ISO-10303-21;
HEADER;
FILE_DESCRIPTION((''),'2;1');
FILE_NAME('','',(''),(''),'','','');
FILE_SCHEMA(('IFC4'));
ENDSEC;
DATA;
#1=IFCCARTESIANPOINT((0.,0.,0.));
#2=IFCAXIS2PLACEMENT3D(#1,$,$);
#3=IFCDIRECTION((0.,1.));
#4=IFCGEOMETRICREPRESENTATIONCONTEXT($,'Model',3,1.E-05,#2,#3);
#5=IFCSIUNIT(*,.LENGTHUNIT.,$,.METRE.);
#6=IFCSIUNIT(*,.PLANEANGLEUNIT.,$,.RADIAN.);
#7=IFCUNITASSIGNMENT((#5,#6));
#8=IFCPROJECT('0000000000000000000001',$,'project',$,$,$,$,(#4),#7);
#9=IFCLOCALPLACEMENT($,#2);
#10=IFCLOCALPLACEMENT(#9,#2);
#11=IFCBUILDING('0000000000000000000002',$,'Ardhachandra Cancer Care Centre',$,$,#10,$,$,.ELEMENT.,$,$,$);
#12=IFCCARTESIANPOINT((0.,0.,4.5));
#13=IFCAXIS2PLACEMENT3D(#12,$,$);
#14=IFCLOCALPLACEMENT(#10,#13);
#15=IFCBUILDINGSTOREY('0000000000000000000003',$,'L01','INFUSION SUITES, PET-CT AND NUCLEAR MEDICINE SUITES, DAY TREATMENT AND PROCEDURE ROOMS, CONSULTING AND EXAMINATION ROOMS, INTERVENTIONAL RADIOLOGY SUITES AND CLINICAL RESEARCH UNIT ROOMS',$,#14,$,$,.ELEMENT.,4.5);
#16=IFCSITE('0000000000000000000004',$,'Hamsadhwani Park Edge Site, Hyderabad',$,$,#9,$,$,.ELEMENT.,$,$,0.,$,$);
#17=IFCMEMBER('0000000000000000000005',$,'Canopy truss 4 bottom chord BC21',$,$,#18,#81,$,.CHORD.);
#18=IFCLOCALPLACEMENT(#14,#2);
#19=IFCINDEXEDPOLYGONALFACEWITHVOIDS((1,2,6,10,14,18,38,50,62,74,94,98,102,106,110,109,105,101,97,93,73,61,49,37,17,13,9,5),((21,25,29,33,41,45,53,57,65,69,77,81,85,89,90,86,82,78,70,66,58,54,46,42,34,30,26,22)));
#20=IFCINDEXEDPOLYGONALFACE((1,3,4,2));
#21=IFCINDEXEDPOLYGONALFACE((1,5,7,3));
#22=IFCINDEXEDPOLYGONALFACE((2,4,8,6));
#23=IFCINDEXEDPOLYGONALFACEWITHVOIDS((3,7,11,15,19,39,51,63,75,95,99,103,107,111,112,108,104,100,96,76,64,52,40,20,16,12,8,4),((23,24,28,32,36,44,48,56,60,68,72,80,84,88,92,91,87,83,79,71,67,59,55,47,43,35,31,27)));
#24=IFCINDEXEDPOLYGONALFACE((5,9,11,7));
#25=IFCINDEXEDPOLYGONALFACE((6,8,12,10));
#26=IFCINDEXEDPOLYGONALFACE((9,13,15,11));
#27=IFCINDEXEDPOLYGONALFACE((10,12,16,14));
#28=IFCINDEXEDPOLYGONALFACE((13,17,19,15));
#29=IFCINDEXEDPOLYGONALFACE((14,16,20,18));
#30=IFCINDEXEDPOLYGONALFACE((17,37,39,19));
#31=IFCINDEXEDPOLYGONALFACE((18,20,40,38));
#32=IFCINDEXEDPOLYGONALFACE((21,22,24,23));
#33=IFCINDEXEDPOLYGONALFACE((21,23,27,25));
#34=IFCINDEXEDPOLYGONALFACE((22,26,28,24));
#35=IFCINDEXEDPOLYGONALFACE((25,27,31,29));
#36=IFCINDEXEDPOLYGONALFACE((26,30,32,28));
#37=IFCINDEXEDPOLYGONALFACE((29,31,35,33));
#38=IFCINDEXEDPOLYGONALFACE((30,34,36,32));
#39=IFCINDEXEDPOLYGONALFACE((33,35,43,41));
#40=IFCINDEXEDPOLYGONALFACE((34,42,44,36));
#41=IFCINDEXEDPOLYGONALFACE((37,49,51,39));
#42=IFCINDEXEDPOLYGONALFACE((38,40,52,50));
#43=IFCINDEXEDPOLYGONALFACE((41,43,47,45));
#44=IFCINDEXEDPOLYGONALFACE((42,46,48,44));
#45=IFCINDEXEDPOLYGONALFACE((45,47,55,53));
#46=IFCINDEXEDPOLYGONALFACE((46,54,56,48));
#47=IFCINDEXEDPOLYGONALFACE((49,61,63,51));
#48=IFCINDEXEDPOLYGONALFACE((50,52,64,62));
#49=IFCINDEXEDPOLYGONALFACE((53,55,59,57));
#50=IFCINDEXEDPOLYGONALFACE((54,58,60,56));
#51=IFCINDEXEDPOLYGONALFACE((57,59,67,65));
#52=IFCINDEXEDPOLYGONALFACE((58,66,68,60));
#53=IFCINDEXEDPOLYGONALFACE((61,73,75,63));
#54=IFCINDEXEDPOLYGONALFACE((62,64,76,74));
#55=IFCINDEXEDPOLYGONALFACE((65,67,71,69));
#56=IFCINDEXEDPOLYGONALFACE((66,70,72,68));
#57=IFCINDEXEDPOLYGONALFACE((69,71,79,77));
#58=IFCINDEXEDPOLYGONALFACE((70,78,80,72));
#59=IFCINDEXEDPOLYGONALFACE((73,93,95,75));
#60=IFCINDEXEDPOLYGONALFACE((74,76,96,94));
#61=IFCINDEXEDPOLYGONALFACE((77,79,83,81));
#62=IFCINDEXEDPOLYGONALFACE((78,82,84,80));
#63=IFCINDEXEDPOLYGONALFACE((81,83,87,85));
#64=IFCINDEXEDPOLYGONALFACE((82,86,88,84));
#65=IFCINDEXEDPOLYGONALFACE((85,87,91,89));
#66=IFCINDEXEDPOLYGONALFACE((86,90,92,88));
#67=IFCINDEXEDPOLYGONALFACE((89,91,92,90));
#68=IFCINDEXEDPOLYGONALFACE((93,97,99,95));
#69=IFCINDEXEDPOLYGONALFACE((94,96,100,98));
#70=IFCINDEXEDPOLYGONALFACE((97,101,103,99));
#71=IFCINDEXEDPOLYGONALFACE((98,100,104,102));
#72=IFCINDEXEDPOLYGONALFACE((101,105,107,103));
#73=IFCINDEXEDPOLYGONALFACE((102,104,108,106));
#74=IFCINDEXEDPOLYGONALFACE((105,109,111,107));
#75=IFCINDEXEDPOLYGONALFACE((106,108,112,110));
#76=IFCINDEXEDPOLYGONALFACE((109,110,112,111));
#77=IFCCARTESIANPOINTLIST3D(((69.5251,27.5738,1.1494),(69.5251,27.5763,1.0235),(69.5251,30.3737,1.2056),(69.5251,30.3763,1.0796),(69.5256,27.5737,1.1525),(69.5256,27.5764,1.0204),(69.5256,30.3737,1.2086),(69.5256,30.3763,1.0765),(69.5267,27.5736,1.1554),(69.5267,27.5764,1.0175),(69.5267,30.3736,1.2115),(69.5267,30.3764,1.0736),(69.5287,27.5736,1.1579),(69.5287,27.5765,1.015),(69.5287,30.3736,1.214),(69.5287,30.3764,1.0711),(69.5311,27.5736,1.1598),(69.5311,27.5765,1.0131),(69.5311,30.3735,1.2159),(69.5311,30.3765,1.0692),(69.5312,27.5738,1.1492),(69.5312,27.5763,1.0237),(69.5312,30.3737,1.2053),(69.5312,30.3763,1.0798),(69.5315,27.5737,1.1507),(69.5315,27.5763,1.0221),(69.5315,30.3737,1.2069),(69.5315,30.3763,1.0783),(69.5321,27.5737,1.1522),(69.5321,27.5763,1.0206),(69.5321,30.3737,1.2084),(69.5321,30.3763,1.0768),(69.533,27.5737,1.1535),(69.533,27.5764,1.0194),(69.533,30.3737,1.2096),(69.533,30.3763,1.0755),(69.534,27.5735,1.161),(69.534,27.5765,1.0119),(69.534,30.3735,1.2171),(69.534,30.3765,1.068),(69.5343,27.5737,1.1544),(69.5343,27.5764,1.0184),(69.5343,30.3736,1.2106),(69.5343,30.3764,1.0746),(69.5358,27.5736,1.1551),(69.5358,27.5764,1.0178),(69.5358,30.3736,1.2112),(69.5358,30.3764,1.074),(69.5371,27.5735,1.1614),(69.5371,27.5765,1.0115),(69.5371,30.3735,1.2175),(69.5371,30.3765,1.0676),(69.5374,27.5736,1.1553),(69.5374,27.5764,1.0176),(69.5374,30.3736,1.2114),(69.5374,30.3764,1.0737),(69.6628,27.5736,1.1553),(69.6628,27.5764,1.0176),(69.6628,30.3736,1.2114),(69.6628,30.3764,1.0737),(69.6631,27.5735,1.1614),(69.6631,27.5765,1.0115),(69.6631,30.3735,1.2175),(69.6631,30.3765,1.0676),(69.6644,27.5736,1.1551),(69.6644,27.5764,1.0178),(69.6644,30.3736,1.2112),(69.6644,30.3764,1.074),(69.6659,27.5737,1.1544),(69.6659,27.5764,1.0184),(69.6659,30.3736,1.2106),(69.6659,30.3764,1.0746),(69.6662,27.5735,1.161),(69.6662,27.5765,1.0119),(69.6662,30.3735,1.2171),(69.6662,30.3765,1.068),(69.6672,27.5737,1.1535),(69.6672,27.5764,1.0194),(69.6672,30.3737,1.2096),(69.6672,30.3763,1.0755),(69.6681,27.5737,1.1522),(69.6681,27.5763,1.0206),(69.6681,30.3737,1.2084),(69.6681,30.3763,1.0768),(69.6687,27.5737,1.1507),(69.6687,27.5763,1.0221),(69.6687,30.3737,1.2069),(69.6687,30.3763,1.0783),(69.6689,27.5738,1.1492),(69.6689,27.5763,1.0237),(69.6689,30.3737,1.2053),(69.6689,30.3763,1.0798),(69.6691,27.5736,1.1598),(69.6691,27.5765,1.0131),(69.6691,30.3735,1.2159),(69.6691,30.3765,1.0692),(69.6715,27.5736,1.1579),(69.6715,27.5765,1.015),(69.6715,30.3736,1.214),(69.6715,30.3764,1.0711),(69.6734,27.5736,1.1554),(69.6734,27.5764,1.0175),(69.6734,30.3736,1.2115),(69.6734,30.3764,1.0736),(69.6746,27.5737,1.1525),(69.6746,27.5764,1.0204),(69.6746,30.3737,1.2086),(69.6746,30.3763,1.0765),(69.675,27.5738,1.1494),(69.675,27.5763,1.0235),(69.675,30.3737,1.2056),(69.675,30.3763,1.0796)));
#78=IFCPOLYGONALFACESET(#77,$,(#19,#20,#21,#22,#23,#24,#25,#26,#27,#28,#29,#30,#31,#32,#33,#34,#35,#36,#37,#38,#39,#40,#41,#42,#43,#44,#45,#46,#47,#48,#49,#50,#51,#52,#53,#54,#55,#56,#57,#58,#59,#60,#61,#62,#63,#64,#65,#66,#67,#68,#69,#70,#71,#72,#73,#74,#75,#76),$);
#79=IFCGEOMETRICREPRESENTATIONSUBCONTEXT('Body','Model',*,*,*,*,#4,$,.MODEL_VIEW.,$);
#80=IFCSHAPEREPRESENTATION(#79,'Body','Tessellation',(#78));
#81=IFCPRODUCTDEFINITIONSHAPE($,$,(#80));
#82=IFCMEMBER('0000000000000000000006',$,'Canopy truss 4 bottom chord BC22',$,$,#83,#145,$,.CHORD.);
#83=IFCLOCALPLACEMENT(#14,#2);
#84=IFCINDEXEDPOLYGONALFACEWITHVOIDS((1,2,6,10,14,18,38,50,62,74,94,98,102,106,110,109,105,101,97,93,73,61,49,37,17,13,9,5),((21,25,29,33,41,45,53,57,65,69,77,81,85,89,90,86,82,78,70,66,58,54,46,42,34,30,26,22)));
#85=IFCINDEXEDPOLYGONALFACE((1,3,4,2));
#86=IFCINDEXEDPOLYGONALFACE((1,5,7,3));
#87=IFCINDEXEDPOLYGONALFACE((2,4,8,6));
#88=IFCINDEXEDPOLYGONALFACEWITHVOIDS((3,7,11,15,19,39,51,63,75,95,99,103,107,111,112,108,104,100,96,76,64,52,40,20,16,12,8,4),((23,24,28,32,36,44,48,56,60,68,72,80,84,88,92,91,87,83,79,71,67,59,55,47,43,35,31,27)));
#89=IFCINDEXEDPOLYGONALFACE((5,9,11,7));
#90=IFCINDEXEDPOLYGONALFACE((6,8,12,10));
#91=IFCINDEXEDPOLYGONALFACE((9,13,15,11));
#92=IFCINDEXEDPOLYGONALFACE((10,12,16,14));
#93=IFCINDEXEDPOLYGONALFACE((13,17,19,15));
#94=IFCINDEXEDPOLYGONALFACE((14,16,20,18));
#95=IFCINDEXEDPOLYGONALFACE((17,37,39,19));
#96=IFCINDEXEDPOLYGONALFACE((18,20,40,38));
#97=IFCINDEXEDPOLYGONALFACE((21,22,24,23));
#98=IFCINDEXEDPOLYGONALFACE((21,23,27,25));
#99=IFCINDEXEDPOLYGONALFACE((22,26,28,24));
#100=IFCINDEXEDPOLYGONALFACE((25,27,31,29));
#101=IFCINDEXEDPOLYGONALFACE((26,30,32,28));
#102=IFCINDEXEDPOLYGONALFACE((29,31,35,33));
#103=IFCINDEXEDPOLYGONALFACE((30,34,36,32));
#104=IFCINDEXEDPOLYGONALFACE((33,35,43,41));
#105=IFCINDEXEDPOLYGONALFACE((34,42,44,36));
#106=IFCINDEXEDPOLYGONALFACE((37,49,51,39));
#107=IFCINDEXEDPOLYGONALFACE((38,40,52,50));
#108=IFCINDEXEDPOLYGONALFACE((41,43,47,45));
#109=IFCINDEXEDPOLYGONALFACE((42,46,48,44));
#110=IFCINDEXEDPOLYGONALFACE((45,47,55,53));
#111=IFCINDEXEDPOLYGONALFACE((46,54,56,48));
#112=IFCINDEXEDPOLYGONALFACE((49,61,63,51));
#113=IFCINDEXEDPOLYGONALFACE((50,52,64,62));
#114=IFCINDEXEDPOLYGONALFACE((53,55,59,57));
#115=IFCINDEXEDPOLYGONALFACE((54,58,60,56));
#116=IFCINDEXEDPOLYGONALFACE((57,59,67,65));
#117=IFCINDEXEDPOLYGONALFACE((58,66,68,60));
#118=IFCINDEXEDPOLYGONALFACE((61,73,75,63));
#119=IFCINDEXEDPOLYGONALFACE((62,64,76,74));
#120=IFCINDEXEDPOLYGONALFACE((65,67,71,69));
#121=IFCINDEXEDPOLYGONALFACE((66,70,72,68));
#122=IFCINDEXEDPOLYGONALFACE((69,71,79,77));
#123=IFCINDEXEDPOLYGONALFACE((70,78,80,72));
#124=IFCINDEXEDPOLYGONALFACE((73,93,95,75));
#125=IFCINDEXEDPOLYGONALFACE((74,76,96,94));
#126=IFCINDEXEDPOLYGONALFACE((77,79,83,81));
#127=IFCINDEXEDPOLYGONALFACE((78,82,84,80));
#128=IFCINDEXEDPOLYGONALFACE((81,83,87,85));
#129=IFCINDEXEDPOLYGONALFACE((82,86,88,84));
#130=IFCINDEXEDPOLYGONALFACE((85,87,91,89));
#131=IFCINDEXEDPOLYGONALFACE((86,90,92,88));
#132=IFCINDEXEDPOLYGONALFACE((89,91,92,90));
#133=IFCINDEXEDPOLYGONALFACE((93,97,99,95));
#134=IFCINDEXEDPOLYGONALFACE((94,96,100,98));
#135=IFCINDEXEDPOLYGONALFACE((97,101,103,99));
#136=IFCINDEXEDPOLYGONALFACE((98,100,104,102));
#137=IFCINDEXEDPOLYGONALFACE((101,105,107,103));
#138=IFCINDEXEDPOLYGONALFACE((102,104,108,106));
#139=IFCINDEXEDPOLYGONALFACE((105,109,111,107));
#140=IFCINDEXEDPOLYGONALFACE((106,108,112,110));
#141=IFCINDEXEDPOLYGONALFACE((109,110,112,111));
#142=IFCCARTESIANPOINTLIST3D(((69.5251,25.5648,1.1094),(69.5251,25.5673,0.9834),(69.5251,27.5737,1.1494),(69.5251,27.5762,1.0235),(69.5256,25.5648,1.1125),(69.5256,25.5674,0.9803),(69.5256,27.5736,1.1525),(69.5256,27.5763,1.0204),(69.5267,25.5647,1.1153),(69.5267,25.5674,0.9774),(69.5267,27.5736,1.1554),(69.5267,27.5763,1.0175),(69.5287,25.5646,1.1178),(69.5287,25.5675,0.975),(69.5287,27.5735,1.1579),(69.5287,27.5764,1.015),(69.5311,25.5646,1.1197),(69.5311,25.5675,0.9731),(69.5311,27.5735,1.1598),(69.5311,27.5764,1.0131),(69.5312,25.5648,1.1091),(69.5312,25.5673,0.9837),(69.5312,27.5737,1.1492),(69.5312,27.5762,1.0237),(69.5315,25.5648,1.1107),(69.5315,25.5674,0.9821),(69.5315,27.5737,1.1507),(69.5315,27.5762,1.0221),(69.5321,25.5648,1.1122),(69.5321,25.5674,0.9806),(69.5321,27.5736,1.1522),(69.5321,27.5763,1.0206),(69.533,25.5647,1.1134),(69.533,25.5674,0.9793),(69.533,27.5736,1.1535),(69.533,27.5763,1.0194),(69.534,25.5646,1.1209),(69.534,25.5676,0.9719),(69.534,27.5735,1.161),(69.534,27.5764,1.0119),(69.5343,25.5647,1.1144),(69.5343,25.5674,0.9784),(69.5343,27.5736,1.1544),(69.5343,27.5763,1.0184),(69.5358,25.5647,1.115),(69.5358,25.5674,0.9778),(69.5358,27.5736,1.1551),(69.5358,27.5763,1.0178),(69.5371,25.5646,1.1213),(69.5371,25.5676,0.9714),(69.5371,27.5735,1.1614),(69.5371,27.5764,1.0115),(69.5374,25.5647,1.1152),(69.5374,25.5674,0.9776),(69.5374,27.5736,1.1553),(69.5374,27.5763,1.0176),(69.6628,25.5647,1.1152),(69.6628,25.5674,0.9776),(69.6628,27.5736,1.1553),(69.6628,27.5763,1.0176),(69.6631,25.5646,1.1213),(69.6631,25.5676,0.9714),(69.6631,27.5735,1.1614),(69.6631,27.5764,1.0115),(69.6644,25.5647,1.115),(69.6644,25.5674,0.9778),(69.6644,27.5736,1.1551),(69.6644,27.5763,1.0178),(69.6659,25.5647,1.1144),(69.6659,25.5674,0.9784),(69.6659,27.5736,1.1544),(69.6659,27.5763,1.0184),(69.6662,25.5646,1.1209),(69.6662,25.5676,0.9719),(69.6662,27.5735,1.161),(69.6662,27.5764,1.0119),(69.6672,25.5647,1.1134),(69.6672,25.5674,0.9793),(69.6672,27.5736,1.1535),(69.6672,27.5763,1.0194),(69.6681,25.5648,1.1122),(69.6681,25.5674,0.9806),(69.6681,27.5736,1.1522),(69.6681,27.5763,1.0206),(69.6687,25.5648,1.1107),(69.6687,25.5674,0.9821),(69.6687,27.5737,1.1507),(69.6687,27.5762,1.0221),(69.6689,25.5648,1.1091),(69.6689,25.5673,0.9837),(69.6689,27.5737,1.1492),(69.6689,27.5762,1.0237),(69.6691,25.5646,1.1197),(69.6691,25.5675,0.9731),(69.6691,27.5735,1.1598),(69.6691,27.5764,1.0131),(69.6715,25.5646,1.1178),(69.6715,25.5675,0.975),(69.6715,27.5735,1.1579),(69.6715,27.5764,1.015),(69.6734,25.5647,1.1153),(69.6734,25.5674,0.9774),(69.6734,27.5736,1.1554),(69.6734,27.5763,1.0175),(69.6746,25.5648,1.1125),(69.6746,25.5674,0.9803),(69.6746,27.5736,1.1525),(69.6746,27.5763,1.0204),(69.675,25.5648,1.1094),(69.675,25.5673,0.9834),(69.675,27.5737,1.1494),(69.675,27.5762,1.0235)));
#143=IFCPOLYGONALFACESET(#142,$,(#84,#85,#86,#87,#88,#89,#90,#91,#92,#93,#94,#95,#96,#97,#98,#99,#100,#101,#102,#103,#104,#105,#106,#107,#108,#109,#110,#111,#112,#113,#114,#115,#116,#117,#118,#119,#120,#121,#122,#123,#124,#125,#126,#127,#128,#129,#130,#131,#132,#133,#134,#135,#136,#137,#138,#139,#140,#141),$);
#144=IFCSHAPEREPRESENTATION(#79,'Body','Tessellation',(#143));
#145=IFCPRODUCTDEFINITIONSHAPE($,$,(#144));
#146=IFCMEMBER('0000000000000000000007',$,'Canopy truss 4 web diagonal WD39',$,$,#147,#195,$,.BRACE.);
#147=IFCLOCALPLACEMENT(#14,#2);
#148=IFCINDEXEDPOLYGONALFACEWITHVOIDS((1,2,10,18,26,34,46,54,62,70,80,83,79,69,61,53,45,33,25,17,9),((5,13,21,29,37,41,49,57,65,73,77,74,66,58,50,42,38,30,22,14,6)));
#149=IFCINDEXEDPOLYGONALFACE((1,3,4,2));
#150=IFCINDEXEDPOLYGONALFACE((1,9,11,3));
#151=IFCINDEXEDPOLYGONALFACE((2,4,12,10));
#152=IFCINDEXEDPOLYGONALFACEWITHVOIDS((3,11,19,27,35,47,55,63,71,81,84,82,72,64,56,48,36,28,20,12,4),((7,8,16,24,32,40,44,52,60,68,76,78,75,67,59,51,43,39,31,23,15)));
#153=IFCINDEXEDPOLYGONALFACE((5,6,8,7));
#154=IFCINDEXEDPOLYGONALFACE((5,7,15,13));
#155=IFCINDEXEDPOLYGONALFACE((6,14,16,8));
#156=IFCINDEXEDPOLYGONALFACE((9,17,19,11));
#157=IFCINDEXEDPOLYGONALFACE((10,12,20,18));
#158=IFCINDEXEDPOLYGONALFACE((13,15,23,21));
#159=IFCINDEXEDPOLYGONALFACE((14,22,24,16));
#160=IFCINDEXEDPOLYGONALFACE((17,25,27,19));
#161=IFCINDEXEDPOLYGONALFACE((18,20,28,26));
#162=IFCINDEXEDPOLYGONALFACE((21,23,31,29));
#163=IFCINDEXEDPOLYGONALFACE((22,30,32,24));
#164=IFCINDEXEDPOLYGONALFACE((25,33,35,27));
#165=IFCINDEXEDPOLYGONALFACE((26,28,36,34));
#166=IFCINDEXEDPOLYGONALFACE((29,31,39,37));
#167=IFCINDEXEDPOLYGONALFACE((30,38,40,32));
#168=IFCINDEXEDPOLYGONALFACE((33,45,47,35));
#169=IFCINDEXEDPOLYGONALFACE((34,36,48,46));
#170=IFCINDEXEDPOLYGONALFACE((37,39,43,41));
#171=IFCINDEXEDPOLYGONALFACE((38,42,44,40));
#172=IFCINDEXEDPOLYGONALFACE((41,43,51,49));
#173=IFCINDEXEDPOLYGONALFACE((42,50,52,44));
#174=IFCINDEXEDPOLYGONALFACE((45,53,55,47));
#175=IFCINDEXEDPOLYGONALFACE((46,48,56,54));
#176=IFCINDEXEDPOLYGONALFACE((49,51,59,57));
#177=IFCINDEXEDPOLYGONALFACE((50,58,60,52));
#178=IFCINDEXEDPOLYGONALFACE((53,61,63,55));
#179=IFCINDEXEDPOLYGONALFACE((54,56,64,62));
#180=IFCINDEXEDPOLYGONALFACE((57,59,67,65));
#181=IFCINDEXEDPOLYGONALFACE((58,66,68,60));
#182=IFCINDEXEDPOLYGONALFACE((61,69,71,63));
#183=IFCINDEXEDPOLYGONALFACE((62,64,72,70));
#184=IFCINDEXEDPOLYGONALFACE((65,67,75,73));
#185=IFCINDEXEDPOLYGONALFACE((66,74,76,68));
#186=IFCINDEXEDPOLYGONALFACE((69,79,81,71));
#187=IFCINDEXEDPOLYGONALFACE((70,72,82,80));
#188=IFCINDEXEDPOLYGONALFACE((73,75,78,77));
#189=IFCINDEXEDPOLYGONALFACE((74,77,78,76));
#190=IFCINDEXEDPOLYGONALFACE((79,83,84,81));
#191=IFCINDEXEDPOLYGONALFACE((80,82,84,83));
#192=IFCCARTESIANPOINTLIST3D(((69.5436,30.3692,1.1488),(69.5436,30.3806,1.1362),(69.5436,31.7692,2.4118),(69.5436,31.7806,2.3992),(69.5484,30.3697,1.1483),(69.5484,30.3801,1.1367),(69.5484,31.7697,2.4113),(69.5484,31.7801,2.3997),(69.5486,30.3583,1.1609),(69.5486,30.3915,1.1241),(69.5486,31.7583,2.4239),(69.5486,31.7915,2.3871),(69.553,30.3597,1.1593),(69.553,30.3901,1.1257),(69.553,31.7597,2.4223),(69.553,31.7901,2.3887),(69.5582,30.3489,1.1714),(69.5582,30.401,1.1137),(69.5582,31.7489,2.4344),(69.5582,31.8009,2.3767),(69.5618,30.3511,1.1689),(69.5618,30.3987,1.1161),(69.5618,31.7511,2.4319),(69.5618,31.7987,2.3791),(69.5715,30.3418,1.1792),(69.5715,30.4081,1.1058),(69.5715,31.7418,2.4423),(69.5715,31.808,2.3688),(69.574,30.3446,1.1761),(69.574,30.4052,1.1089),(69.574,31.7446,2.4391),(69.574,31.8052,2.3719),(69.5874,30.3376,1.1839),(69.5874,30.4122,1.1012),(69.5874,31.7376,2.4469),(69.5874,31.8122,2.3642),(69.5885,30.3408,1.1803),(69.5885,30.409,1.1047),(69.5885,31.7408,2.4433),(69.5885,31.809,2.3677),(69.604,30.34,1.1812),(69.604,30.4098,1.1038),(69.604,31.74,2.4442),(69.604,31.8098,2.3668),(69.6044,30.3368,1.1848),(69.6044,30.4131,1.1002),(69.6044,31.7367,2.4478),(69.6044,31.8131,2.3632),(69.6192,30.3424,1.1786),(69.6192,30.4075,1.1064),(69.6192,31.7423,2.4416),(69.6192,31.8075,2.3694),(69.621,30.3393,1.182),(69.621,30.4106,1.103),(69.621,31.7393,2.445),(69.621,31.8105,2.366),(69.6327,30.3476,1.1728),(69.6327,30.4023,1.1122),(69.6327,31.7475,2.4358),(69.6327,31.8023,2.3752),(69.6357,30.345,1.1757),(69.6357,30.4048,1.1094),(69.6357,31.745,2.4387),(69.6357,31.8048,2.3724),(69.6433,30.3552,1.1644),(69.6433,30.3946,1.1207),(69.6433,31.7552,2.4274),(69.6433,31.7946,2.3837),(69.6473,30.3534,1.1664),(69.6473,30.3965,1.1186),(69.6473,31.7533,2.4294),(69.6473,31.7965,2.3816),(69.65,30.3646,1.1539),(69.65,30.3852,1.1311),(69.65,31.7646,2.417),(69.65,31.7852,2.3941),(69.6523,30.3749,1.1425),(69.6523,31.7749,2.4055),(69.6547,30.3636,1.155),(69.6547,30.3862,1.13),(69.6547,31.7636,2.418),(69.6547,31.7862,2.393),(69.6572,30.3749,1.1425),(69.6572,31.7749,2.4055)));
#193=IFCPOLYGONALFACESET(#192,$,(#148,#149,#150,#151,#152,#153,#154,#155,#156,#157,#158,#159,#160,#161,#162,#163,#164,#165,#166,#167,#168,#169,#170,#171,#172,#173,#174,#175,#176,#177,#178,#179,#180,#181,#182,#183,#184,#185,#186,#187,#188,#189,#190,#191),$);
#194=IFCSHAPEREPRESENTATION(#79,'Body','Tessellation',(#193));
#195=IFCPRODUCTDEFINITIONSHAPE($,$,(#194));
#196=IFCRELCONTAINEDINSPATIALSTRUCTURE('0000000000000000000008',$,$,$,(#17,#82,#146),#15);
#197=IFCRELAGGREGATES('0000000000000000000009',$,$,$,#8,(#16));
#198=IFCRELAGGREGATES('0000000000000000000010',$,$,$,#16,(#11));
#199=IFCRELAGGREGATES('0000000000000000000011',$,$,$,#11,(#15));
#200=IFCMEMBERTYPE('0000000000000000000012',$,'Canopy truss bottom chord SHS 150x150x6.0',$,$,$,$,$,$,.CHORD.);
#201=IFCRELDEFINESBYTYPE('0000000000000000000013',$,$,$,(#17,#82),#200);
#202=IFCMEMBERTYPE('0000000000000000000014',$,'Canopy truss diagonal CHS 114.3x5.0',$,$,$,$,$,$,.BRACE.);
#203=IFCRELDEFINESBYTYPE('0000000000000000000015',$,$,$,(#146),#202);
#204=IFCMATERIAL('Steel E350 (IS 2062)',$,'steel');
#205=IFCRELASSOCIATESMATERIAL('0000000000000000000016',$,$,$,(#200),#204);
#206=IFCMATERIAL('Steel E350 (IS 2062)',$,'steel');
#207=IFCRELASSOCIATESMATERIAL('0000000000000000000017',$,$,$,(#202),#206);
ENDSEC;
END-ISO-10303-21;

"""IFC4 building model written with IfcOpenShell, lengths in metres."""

from ifc_helpers import new_model, si_unit, direction, frame, origin, origin_2d, place, context, subcontext, project, spatial, hollow_rectangle, hollow_circle, extrude, material, material_profile, profile_set, type_object, element, save


model = new_model("IFC4")

# Units and contexts
model_context = context("Model", 3, precision=1e-05, world=origin(), true_north=direction((0.0, 1.0)))
body_context = subcontext(model_context, "Body", "Model", "MODEL_VIEW")
ifc_project = project(units=[si_unit("LENGTHUNIT", "METRE"), si_unit("PLANEANGLEUNIT", "RADIAN")], contexts=[model_context])

# Site, building, storey
site_placement = place(None, origin())
site = spatial("IfcSite", under=ifc_project, at=site_placement, Name="Hamsadhwani Park Edge Site, Hyderabad", CompositionType="ELEMENT", RefElevation=0.0)
building_placement = place(site_placement, origin())
building = spatial("IfcBuilding", under=site, at=building_placement, Name="Ardhachandra Cancer Care Centre", CompositionType="ELEMENT")
storey_placement = place(building_placement, frame((0.0, 0.0, 4.5)))
storey = spatial("IfcBuildingStorey", under=building, at=storey_placement, Name="L01", Description="INFUSION SUITES, PET-CT AND NUCLEAR MEDICINE SUITES, DAY TREATMENT AND PROCEDURE ROOMS, CONSULTING AND EXAMINATION ROOMS, INTERVENTIONAL RADIOLOGY SUITES AND CLINICAL RESEARCH UNIT ROOMS", CompositionType="ELEMENT", Elevation=4.5)

# Members
ifc_material_1 = material(Name="Steel E350 (IS 2062)", Category="steel")
ifc_material_profile_1 = material_profile(ifc_material_1, hollow_rectangle(XDim=0.1499, YDim=0.1499, WallThickness=0.0061, InnerFilletRadius=0.0061, OuterFilletRadius=0.012, at=origin_2d()), Name="SHS 150x150x6.0")
ifc_profile_set_1 = profile_set([ifc_material_profile_1], Name="Steel E350 (IS 2062)")
member_type_1 = type_object("IfcMemberType", Name="Canopy truss bottom chord SHS 150x150x6.0", PredefinedType="CHORD", material=ifc_profile_set_1)
member_1_placement = place(storey_placement, frame((69.6001, 30.375, 1.1426), z_axis=(0.0, -0.999799, -0.02005), x_axis=(1.0, 0.0, 0.0)))
element("IfcMember", 1, at=member_1_placement, inside=storey, type_object=member_type_1, Name="Canopy truss 4 bottom chord BC21", PredefinedType="CHORD", context=body_context, shape_type="SweptSolid", body=[
    extrude(hollow_rectangle(XDim=0.1499, YDim=0.1499, WallThickness=0.0061, InnerFilletRadius=0.0061, OuterFilletRadius=0.012, at=origin_2d()), origin(), (0.0, 0.0, 1.0), 2.8005),
])
member_2_placement = place(storey_placement, frame((69.6001, 27.575, 1.0864), z_axis=(0.0, -0.999801, -0.019928), x_axis=(1.0, 0.0, 0.0)))
element("IfcMember", 2, at=member_2_placement, inside=storey, type_object=member_type_1, Name="Canopy truss 4 bottom chord BC22", PredefinedType="CHORD", context=body_context, shape_type="SweptSolid", body=[
    extrude(hollow_rectangle(XDim=0.1499, YDim=0.1499, WallThickness=0.0061, InnerFilletRadius=0.0061, OuterFilletRadius=0.012, at=origin_2d()), origin(), (0.0, 0.0, 1.0), 2.0093),
])
ifc_material_2 = material(Name="Steel E350 (IS 2062)", Category="steel")
ifc_material_profile_2 = material_profile(ifc_material_2, hollow_circle(Radius=0.0571, WallThickness=0.0049, at=origin_2d()), Name="CHS 114.3x5.0")
ifc_profile_set_2 = profile_set([ifc_material_profile_2], Name="Steel E350 (IS 2062)")
member_type_2 = type_object("IfcMemberType", Name="Canopy truss diagonal CHS 114.3x5.0", PredefinedType="BRACE", material=ifc_profile_set_2)
member_3_placement = place(storey_placement, frame((69.6001, 31.7749, 2.4055), z_axis=(0.0, -0.742495, -0.669851), x_axis=(1.0, 0.0, 0.0)))
element("IfcMember", 3, at=member_3_placement, inside=storey, type_object=member_type_2, Name="Canopy truss 4 web diagonal WD39", PredefinedType="BRACE", context=body_context, shape_type="SweptSolid", body=[
    extrude(hollow_circle(Radius=0.0571, WallThickness=0.0049, at=origin_2d()), origin(), (0.0, 0.0, 1.0), 1.8855),
])

save(model, "model.ifc")
